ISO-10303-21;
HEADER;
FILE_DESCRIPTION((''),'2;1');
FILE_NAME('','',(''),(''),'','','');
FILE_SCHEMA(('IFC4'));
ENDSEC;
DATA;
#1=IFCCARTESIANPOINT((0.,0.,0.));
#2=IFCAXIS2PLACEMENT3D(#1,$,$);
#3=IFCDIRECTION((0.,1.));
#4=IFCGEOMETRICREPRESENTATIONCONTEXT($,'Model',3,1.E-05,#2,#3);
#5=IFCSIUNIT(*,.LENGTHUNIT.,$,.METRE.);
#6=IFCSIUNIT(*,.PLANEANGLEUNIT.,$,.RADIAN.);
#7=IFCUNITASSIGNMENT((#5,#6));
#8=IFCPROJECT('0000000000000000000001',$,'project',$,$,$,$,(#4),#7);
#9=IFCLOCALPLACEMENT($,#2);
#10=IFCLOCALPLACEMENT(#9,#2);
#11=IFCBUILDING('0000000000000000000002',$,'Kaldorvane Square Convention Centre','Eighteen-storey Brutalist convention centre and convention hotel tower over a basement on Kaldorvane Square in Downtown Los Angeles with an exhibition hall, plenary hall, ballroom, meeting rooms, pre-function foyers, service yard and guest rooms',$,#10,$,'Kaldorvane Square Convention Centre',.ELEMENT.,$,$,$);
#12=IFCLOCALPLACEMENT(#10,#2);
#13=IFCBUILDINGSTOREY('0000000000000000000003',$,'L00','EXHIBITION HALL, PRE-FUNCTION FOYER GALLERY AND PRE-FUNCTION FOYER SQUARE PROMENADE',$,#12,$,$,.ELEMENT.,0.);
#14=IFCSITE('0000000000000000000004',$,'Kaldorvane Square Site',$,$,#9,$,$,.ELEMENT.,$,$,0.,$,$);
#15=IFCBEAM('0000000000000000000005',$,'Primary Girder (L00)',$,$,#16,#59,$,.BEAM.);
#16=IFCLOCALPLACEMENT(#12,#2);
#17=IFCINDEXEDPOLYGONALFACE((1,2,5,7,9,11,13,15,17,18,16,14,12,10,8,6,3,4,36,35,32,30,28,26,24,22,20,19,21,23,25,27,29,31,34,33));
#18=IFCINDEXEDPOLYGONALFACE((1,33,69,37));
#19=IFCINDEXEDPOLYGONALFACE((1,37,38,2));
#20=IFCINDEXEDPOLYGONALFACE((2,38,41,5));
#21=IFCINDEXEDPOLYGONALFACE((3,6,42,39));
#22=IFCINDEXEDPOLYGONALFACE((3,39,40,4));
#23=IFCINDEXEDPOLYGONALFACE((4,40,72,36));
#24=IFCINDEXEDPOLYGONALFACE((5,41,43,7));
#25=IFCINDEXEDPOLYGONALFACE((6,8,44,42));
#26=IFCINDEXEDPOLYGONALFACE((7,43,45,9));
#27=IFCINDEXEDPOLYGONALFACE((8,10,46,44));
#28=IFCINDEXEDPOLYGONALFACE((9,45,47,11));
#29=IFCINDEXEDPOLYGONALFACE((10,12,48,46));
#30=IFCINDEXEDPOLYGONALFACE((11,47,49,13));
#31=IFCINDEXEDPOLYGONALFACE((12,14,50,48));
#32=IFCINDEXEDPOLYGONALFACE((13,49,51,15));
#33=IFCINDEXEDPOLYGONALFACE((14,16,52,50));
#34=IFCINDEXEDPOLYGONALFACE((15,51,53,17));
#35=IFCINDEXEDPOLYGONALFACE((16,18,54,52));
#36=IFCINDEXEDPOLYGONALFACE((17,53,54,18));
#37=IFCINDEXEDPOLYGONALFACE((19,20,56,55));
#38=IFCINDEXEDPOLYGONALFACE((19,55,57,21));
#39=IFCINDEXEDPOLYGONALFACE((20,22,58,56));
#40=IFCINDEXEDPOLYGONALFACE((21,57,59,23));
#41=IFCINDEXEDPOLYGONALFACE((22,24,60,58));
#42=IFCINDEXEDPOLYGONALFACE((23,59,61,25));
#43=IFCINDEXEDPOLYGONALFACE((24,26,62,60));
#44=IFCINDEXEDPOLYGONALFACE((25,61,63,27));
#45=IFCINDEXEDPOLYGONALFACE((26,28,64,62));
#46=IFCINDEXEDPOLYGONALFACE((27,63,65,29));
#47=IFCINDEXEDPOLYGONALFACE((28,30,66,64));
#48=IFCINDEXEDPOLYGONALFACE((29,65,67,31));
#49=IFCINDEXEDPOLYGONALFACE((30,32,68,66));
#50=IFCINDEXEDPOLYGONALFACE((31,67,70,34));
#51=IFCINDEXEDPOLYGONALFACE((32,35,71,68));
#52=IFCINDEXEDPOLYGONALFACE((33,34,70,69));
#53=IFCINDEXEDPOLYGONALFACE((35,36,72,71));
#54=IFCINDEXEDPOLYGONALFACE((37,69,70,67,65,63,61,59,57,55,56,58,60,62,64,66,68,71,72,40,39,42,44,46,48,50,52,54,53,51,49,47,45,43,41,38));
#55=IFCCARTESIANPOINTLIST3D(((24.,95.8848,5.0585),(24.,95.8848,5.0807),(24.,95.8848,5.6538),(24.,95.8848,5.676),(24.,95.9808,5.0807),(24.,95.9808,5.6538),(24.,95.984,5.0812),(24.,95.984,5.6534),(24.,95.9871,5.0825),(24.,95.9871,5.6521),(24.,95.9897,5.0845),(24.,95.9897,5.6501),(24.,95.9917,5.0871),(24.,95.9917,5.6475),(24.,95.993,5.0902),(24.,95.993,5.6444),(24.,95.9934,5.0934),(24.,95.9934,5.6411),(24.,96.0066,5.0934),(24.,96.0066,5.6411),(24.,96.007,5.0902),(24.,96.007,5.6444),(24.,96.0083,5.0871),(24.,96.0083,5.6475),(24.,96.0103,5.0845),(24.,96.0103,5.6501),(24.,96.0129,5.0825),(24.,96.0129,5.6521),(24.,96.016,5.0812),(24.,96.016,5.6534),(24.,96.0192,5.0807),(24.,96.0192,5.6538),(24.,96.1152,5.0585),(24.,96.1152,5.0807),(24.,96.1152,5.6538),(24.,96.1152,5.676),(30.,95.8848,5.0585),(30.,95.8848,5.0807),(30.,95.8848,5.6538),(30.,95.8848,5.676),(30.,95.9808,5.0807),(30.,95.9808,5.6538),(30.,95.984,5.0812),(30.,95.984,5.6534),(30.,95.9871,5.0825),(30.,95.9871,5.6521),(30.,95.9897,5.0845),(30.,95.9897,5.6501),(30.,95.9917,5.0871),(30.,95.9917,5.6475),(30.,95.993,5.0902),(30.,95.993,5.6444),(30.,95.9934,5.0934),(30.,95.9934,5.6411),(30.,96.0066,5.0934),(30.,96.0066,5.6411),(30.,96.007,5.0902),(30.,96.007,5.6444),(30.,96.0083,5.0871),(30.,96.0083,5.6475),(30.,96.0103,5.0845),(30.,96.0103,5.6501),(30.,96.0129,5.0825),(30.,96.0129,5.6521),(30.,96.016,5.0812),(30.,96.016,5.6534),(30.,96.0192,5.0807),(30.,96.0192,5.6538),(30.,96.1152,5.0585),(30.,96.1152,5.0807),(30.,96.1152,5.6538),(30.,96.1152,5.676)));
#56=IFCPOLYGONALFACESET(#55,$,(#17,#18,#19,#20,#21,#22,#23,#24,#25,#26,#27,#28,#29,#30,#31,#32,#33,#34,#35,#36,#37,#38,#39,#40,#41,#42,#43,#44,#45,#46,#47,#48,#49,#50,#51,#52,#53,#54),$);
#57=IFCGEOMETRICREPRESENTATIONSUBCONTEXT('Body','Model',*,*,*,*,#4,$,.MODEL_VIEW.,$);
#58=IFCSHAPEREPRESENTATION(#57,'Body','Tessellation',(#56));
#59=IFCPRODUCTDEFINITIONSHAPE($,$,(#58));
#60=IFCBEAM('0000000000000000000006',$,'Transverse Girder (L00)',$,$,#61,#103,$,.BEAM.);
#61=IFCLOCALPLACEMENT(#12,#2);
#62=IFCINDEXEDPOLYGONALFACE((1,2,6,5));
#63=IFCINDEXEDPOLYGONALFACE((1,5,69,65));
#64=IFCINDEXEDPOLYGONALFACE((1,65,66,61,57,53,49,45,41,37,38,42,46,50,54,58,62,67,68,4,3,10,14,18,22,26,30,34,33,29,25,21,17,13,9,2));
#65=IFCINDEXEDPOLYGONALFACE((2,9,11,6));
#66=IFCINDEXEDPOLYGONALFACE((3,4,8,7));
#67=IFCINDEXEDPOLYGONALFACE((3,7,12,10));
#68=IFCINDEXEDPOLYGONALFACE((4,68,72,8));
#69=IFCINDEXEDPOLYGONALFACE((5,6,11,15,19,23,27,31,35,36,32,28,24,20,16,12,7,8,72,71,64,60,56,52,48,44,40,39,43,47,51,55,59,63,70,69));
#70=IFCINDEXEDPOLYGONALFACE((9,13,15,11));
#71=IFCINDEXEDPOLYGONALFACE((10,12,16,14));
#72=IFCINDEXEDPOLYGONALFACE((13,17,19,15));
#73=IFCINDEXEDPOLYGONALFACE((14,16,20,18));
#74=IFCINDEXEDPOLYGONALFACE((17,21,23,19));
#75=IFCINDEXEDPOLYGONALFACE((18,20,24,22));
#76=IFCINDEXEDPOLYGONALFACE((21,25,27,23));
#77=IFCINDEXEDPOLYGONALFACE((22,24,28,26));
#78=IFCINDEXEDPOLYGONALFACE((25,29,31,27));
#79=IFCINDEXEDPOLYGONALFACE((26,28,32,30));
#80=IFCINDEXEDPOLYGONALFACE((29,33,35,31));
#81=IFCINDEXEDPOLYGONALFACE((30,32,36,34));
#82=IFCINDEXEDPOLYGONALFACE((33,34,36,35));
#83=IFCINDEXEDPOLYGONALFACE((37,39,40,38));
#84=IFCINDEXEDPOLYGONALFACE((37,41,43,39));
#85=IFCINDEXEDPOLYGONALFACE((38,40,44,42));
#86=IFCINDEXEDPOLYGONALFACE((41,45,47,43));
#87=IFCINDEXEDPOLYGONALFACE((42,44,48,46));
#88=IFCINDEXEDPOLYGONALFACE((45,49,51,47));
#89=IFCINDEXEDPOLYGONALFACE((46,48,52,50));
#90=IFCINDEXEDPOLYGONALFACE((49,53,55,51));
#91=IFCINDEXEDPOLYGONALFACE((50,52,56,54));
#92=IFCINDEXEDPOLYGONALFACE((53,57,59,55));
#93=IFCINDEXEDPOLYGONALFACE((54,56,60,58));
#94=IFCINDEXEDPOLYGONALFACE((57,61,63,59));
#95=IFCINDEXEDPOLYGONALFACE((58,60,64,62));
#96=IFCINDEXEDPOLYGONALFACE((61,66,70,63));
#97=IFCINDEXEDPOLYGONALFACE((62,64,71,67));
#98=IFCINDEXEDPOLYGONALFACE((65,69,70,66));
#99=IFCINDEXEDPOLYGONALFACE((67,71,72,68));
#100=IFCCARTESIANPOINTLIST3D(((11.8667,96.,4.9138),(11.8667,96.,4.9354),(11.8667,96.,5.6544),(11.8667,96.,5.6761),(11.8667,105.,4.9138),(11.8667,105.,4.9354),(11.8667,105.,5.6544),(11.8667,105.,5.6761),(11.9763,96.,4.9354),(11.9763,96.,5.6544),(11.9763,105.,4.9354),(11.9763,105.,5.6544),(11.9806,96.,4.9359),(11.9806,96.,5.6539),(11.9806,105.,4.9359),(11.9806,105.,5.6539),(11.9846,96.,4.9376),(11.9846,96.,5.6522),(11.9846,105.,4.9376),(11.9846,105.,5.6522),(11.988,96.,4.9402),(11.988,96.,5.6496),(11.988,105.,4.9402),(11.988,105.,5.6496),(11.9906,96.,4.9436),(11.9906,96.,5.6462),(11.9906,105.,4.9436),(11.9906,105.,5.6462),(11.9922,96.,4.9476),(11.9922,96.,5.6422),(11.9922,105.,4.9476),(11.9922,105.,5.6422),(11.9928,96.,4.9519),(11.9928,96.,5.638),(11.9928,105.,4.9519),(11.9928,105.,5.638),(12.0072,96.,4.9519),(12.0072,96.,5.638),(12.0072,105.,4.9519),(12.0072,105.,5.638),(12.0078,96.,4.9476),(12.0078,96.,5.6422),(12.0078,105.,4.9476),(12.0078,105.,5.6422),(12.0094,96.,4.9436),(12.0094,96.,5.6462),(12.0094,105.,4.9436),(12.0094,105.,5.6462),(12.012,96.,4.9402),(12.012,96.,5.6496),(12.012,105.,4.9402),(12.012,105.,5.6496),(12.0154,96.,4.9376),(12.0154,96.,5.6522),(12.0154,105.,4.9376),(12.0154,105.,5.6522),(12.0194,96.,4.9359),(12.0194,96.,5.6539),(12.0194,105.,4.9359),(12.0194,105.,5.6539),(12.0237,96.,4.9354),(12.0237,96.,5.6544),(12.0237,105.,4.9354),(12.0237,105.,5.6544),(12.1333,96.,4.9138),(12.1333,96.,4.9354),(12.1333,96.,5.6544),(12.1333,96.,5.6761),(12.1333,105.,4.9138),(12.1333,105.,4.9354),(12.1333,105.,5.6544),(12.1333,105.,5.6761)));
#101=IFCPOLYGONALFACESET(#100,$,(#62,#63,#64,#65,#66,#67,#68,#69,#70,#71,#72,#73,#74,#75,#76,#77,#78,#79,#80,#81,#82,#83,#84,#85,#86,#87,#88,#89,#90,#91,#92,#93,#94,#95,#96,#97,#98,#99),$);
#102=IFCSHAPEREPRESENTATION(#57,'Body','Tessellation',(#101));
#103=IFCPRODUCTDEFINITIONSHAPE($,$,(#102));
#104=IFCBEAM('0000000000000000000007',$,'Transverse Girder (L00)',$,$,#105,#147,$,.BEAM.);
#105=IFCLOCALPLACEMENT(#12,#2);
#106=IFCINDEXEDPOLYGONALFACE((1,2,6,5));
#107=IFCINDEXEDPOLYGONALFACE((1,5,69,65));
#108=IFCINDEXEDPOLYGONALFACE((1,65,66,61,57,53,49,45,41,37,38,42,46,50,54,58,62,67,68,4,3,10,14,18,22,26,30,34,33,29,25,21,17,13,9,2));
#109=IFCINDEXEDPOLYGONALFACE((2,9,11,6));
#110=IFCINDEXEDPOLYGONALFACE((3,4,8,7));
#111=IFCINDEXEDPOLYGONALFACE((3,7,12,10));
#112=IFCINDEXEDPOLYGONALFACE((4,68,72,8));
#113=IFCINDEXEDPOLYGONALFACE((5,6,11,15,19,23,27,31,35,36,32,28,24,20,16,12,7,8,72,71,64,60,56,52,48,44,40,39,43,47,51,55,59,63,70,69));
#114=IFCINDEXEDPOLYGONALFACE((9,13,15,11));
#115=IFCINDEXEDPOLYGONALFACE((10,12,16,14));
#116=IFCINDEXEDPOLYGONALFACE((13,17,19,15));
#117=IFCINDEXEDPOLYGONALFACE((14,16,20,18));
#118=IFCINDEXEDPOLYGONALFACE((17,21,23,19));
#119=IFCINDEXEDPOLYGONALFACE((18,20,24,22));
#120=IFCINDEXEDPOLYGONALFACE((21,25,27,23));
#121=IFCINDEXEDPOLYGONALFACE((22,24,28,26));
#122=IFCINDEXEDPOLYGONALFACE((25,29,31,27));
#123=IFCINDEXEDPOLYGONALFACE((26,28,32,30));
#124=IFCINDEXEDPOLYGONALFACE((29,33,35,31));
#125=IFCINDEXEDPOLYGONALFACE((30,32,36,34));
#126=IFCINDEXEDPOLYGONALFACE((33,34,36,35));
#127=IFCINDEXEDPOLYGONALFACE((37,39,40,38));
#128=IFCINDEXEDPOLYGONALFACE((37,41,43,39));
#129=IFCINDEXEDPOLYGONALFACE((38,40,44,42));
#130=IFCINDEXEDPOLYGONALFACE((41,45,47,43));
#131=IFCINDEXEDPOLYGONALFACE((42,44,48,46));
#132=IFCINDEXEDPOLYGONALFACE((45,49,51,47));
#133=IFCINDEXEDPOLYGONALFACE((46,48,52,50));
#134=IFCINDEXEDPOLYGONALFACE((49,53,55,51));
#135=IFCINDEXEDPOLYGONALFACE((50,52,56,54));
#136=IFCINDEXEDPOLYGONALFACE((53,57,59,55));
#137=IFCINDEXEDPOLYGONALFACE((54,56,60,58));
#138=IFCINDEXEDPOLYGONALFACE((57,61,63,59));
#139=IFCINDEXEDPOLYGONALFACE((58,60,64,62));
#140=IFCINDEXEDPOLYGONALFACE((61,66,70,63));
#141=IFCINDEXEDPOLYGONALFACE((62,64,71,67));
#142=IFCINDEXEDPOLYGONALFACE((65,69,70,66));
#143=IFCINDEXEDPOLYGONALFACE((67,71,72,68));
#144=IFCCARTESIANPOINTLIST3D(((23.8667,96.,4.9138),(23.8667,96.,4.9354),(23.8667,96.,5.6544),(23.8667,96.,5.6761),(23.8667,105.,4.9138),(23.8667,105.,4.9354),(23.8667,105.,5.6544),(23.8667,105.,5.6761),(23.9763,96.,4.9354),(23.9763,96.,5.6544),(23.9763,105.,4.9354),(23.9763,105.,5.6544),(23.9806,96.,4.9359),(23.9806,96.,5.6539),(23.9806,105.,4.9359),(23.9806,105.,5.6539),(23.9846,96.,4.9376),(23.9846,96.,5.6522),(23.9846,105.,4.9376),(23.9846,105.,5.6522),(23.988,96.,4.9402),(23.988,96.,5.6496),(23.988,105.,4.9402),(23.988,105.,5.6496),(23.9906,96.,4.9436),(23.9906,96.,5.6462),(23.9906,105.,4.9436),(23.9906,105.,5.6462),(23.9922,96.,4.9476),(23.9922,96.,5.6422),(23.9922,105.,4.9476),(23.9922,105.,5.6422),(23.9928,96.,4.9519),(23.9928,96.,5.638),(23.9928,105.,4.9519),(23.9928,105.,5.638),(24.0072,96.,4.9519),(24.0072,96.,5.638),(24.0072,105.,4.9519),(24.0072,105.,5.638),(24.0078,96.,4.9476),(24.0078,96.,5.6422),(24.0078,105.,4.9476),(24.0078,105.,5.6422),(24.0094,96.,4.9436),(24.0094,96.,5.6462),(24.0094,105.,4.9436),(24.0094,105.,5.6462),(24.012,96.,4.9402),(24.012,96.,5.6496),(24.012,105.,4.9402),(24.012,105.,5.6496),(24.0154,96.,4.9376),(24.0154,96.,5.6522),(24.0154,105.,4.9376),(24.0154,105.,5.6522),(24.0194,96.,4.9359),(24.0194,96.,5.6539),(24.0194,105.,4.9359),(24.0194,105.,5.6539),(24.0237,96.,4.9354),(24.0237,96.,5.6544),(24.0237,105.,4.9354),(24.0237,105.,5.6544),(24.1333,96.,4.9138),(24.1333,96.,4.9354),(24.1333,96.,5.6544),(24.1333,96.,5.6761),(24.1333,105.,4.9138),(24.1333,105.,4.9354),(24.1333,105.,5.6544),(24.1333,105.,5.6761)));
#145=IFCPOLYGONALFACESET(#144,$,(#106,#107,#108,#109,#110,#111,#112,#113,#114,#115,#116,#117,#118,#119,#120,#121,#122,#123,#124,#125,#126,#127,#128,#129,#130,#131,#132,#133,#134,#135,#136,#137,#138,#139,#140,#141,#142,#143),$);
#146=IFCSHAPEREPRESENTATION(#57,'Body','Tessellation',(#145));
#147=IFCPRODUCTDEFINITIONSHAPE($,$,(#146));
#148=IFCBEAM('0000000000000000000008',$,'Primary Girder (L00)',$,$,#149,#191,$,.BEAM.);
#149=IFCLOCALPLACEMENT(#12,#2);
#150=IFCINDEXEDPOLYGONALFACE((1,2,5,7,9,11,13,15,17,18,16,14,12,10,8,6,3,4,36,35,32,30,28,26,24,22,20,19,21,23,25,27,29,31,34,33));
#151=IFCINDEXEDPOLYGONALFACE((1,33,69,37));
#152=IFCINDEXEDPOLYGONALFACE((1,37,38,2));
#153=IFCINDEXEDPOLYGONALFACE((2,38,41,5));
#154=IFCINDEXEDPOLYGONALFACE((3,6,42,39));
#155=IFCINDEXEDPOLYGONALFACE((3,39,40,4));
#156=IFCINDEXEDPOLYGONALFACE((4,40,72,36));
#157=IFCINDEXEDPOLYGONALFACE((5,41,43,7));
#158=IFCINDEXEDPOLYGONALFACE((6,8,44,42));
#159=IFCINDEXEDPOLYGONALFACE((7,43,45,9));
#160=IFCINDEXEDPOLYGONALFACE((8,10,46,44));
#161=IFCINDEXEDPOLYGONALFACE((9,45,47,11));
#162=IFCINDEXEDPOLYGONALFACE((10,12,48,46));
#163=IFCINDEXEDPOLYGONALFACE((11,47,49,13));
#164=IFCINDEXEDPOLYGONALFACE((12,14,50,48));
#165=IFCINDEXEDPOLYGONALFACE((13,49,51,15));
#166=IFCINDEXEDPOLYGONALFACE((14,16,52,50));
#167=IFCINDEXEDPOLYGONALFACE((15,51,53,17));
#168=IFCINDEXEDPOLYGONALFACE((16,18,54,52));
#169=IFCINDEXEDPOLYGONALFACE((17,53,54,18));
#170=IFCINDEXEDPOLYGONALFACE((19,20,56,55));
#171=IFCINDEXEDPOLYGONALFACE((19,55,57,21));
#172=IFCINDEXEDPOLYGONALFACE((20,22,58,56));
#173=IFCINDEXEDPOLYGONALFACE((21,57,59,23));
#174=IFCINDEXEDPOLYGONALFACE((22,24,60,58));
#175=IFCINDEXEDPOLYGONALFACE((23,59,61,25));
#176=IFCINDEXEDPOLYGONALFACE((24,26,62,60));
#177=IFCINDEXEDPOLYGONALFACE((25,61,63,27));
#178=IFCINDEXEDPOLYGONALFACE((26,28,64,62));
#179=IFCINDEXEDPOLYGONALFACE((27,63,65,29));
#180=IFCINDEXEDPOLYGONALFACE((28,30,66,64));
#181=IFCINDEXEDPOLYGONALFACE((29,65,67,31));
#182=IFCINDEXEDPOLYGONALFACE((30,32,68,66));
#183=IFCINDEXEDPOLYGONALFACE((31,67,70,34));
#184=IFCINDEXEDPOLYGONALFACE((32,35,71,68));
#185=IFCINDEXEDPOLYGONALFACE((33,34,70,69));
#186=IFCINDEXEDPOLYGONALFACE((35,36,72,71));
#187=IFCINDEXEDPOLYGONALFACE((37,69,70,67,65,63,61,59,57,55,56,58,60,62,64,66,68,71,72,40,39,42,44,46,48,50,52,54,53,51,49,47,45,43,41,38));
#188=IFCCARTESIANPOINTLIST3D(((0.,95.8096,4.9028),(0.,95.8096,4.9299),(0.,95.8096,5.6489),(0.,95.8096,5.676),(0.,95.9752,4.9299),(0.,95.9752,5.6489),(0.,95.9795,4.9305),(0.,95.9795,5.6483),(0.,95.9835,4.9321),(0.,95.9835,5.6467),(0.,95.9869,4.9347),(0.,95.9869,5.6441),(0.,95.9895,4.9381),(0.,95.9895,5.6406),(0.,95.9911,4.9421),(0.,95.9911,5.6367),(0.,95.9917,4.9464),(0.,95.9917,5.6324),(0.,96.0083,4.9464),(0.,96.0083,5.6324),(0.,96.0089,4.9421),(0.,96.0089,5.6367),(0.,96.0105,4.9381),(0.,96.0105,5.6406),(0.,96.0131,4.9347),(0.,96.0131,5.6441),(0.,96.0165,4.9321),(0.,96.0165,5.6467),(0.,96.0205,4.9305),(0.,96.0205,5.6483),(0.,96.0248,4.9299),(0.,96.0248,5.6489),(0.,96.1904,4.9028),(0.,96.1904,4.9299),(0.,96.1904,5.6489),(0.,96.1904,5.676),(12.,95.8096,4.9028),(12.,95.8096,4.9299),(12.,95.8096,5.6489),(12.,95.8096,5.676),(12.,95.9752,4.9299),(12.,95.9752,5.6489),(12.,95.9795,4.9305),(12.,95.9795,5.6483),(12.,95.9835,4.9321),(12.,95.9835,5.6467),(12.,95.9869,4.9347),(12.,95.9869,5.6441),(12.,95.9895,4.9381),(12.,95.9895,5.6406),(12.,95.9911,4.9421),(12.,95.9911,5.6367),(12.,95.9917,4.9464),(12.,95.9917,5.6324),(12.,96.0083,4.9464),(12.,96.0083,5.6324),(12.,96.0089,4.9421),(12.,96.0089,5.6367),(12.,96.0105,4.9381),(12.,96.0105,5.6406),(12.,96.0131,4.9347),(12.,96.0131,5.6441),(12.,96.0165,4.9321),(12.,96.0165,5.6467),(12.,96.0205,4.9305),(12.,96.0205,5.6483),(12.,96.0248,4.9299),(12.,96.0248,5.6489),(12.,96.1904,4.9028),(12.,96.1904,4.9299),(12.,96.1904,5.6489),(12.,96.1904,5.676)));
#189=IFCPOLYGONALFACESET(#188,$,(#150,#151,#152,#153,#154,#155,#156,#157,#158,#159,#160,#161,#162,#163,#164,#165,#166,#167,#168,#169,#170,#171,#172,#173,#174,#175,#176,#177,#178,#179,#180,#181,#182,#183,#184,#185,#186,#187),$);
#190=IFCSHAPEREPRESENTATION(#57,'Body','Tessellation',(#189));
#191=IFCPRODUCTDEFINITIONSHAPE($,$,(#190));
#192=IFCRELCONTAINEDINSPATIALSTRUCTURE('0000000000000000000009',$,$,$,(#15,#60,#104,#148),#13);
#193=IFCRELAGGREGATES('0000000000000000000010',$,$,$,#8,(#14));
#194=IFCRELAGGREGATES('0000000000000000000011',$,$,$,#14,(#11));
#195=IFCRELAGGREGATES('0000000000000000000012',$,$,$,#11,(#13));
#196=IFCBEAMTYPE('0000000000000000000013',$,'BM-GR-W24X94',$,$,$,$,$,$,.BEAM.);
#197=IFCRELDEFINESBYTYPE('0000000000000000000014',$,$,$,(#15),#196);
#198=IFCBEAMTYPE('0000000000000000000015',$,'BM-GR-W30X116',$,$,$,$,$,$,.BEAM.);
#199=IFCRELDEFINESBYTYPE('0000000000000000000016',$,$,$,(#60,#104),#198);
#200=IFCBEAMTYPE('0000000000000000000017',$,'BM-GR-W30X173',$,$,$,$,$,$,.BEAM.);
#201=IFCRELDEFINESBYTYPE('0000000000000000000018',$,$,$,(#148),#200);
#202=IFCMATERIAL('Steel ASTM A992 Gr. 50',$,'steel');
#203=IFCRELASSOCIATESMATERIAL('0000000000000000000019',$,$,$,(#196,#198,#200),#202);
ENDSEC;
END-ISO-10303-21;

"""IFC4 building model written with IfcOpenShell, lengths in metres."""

from ifc_helpers import new_model, si_unit, direction, frame, origin, origin_2d, place, context, subcontext, project, spatial, i_section, extrude, material, material_profile, profile_set, type_object, element, save


model = new_model("IFC4")

# Units and contexts
model_context = context("Model", 3, precision=1e-05, world=origin(), true_north=direction((0.0, 1.0)))
body_context = subcontext(model_context, "Body", "Model", "MODEL_VIEW")
ifc_project = project(units=[si_unit("LENGTHUNIT", "METRE"), si_unit("PLANEANGLEUNIT", "RADIAN")], contexts=[model_context])

# Site, building, storey
site_placement = place(None, origin())
site = spatial("IfcSite", under=ifc_project, at=site_placement, Name="Kaldorvane Square Site", CompositionType="ELEMENT", RefElevation=0.0)
building_placement = place(site_placement, origin())
building = spatial("IfcBuilding", under=site, at=building_placement, Name="Kaldorvane Square Convention Centre", Description="Eighteen-storey Brutalist convention centre and convention hotel tower over a basement on Kaldorvane Square in Downtown Los Angeles with an exhibition hall, plenary hall, ballroom, meeting rooms, pre-function foyers, service yard and guest rooms", LongName="Kaldorvane Square Convention Centre", CompositionType="ELEMENT")
storey_placement = place(building_placement, origin())
storey = spatial("IfcBuildingStorey", under=building, at=storey_placement, Name="L00", Description="EXHIBITION HALL, PRE-FUNCTION FOYER GALLERY AND PRE-FUNCTION FOYER SQUARE PROMENADE", CompositionType="ELEMENT", Elevation=0.0)

# Shared definitions
ifc_material_1 = material(Name="Steel ASTM A992 Gr. 50", Category="steel")

# Beams
ifc_material_profile_1 = material_profile(ifc_material_1, i_section(OverallWidth=0.2303, OverallDepth=0.6175, WebThickness=0.0131, FlangeThickness=0.0222, FilletRadius=0.0127, at=origin_2d()), Name="W24X94")
ifc_profile_set_1 = profile_set([ifc_material_profile_1], Name="Steel ASTM A992 Gr. 50")
beam_type_1 = type_object("IfcBeamType", Name="BM-GR-W24X94", PredefinedType="BEAM", material=ifc_profile_set_1)
beam_1_placement = place(storey_placement, frame((24.0, 96.0, 5.3673), z_axis=(1.0, 0.0, 0.0), x_axis=(0.0, 1.0, 0.0)))
element("IfcBeam", 1, at=beam_1_placement, inside=storey, type_object=beam_type_1, Name="Primary Girder (L00)", PredefinedType="BEAM", context=body_context, shape_type="SweptSolid", body=[
    extrude(i_section(OverallWidth=0.2303, OverallDepth=0.6175, WebThickness=0.0131, FlangeThickness=0.0222, FilletRadius=0.0127, at=origin_2d()), origin(), (0.0, 0.0, 1.0), 6.0),
])
ifc_material_profile_2 = material_profile(ifc_material_1, i_section(OverallWidth=0.2666, OverallDepth=0.7623, WebThickness=0.0144, FlangeThickness=0.0216, FilletRadius=0.0165, at=origin_2d()), Name="W30X116")
ifc_profile_set_2 = profile_set([ifc_material_profile_2], Name="Steel ASTM A992 Gr. 50")
beam_type_2 = type_object("IfcBeamType", Name="BM-GR-W30X116", PredefinedType="BEAM", material=ifc_profile_set_2)
for number, where, z_axis, x_axis, name in (
    (2, (12.0, 96.0, 5.2949), (0.0, 1.0, 0.0), (-1.0, 0.0, 0.0), "Transverse Girder (L00)"),
    (3, (24.0, 96.0, 5.2949), (0.0, 1.0, 0.0), (-1.0, 0.0, 0.0), "Transverse Girder (L00)"),
):
    element("IfcBeam", number, at=place(storey_placement, frame(where, z_axis=z_axis, x_axis=x_axis)), inside=storey, type_object=beam_type_2, Name=name, PredefinedType="BEAM", context=body_context, shape_type="SweptSolid", body=[
        extrude(i_section(OverallWidth=0.2666, OverallDepth=0.7623, WebThickness=0.0144, FlangeThickness=0.0216, FilletRadius=0.0165, at=origin_2d()), origin(), (0.0, 0.0, 1.0), 9.0),
    ])
ifc_material_profile_3 = material_profile(ifc_material_1, i_section(OverallWidth=0.3807, OverallDepth=0.7732, WebThickness=0.0166, FlangeThickness=0.0271, FilletRadius=0.0165, at=origin_2d()), Name="W30X173")
ifc_profile_set_3 = profile_set([ifc_material_profile_3], Name="Steel ASTM A992 Gr. 50")
beam_type_3 = type_object("IfcBeamType", Name="BM-GR-W30X173", PredefinedType="BEAM", material=ifc_profile_set_3)
for number, where, z_axis, x_axis, name in (
    (4, (0.0, 96.0, 5.2894), (1.0, 0.0, 0.0), (0.0, 1.0, 0.0), "Primary Girder (L00)"),
):
    element("IfcBeam", number, at=place(storey_placement, frame(where, z_axis=z_axis, x_axis=x_axis)), inside=storey, type_object=beam_type_3, Name=name, PredefinedType="BEAM", context=body_context, shape_type="SweptSolid", body=[
        extrude(i_section(OverallWidth=0.3807, OverallDepth=0.7732, WebThickness=0.0166, FlangeThickness=0.0271, FilletRadius=0.0165, at=origin_2d()), origin(), (0.0, 0.0, 1.0), 12.0),
    ])

save(model, "model.ifc")
